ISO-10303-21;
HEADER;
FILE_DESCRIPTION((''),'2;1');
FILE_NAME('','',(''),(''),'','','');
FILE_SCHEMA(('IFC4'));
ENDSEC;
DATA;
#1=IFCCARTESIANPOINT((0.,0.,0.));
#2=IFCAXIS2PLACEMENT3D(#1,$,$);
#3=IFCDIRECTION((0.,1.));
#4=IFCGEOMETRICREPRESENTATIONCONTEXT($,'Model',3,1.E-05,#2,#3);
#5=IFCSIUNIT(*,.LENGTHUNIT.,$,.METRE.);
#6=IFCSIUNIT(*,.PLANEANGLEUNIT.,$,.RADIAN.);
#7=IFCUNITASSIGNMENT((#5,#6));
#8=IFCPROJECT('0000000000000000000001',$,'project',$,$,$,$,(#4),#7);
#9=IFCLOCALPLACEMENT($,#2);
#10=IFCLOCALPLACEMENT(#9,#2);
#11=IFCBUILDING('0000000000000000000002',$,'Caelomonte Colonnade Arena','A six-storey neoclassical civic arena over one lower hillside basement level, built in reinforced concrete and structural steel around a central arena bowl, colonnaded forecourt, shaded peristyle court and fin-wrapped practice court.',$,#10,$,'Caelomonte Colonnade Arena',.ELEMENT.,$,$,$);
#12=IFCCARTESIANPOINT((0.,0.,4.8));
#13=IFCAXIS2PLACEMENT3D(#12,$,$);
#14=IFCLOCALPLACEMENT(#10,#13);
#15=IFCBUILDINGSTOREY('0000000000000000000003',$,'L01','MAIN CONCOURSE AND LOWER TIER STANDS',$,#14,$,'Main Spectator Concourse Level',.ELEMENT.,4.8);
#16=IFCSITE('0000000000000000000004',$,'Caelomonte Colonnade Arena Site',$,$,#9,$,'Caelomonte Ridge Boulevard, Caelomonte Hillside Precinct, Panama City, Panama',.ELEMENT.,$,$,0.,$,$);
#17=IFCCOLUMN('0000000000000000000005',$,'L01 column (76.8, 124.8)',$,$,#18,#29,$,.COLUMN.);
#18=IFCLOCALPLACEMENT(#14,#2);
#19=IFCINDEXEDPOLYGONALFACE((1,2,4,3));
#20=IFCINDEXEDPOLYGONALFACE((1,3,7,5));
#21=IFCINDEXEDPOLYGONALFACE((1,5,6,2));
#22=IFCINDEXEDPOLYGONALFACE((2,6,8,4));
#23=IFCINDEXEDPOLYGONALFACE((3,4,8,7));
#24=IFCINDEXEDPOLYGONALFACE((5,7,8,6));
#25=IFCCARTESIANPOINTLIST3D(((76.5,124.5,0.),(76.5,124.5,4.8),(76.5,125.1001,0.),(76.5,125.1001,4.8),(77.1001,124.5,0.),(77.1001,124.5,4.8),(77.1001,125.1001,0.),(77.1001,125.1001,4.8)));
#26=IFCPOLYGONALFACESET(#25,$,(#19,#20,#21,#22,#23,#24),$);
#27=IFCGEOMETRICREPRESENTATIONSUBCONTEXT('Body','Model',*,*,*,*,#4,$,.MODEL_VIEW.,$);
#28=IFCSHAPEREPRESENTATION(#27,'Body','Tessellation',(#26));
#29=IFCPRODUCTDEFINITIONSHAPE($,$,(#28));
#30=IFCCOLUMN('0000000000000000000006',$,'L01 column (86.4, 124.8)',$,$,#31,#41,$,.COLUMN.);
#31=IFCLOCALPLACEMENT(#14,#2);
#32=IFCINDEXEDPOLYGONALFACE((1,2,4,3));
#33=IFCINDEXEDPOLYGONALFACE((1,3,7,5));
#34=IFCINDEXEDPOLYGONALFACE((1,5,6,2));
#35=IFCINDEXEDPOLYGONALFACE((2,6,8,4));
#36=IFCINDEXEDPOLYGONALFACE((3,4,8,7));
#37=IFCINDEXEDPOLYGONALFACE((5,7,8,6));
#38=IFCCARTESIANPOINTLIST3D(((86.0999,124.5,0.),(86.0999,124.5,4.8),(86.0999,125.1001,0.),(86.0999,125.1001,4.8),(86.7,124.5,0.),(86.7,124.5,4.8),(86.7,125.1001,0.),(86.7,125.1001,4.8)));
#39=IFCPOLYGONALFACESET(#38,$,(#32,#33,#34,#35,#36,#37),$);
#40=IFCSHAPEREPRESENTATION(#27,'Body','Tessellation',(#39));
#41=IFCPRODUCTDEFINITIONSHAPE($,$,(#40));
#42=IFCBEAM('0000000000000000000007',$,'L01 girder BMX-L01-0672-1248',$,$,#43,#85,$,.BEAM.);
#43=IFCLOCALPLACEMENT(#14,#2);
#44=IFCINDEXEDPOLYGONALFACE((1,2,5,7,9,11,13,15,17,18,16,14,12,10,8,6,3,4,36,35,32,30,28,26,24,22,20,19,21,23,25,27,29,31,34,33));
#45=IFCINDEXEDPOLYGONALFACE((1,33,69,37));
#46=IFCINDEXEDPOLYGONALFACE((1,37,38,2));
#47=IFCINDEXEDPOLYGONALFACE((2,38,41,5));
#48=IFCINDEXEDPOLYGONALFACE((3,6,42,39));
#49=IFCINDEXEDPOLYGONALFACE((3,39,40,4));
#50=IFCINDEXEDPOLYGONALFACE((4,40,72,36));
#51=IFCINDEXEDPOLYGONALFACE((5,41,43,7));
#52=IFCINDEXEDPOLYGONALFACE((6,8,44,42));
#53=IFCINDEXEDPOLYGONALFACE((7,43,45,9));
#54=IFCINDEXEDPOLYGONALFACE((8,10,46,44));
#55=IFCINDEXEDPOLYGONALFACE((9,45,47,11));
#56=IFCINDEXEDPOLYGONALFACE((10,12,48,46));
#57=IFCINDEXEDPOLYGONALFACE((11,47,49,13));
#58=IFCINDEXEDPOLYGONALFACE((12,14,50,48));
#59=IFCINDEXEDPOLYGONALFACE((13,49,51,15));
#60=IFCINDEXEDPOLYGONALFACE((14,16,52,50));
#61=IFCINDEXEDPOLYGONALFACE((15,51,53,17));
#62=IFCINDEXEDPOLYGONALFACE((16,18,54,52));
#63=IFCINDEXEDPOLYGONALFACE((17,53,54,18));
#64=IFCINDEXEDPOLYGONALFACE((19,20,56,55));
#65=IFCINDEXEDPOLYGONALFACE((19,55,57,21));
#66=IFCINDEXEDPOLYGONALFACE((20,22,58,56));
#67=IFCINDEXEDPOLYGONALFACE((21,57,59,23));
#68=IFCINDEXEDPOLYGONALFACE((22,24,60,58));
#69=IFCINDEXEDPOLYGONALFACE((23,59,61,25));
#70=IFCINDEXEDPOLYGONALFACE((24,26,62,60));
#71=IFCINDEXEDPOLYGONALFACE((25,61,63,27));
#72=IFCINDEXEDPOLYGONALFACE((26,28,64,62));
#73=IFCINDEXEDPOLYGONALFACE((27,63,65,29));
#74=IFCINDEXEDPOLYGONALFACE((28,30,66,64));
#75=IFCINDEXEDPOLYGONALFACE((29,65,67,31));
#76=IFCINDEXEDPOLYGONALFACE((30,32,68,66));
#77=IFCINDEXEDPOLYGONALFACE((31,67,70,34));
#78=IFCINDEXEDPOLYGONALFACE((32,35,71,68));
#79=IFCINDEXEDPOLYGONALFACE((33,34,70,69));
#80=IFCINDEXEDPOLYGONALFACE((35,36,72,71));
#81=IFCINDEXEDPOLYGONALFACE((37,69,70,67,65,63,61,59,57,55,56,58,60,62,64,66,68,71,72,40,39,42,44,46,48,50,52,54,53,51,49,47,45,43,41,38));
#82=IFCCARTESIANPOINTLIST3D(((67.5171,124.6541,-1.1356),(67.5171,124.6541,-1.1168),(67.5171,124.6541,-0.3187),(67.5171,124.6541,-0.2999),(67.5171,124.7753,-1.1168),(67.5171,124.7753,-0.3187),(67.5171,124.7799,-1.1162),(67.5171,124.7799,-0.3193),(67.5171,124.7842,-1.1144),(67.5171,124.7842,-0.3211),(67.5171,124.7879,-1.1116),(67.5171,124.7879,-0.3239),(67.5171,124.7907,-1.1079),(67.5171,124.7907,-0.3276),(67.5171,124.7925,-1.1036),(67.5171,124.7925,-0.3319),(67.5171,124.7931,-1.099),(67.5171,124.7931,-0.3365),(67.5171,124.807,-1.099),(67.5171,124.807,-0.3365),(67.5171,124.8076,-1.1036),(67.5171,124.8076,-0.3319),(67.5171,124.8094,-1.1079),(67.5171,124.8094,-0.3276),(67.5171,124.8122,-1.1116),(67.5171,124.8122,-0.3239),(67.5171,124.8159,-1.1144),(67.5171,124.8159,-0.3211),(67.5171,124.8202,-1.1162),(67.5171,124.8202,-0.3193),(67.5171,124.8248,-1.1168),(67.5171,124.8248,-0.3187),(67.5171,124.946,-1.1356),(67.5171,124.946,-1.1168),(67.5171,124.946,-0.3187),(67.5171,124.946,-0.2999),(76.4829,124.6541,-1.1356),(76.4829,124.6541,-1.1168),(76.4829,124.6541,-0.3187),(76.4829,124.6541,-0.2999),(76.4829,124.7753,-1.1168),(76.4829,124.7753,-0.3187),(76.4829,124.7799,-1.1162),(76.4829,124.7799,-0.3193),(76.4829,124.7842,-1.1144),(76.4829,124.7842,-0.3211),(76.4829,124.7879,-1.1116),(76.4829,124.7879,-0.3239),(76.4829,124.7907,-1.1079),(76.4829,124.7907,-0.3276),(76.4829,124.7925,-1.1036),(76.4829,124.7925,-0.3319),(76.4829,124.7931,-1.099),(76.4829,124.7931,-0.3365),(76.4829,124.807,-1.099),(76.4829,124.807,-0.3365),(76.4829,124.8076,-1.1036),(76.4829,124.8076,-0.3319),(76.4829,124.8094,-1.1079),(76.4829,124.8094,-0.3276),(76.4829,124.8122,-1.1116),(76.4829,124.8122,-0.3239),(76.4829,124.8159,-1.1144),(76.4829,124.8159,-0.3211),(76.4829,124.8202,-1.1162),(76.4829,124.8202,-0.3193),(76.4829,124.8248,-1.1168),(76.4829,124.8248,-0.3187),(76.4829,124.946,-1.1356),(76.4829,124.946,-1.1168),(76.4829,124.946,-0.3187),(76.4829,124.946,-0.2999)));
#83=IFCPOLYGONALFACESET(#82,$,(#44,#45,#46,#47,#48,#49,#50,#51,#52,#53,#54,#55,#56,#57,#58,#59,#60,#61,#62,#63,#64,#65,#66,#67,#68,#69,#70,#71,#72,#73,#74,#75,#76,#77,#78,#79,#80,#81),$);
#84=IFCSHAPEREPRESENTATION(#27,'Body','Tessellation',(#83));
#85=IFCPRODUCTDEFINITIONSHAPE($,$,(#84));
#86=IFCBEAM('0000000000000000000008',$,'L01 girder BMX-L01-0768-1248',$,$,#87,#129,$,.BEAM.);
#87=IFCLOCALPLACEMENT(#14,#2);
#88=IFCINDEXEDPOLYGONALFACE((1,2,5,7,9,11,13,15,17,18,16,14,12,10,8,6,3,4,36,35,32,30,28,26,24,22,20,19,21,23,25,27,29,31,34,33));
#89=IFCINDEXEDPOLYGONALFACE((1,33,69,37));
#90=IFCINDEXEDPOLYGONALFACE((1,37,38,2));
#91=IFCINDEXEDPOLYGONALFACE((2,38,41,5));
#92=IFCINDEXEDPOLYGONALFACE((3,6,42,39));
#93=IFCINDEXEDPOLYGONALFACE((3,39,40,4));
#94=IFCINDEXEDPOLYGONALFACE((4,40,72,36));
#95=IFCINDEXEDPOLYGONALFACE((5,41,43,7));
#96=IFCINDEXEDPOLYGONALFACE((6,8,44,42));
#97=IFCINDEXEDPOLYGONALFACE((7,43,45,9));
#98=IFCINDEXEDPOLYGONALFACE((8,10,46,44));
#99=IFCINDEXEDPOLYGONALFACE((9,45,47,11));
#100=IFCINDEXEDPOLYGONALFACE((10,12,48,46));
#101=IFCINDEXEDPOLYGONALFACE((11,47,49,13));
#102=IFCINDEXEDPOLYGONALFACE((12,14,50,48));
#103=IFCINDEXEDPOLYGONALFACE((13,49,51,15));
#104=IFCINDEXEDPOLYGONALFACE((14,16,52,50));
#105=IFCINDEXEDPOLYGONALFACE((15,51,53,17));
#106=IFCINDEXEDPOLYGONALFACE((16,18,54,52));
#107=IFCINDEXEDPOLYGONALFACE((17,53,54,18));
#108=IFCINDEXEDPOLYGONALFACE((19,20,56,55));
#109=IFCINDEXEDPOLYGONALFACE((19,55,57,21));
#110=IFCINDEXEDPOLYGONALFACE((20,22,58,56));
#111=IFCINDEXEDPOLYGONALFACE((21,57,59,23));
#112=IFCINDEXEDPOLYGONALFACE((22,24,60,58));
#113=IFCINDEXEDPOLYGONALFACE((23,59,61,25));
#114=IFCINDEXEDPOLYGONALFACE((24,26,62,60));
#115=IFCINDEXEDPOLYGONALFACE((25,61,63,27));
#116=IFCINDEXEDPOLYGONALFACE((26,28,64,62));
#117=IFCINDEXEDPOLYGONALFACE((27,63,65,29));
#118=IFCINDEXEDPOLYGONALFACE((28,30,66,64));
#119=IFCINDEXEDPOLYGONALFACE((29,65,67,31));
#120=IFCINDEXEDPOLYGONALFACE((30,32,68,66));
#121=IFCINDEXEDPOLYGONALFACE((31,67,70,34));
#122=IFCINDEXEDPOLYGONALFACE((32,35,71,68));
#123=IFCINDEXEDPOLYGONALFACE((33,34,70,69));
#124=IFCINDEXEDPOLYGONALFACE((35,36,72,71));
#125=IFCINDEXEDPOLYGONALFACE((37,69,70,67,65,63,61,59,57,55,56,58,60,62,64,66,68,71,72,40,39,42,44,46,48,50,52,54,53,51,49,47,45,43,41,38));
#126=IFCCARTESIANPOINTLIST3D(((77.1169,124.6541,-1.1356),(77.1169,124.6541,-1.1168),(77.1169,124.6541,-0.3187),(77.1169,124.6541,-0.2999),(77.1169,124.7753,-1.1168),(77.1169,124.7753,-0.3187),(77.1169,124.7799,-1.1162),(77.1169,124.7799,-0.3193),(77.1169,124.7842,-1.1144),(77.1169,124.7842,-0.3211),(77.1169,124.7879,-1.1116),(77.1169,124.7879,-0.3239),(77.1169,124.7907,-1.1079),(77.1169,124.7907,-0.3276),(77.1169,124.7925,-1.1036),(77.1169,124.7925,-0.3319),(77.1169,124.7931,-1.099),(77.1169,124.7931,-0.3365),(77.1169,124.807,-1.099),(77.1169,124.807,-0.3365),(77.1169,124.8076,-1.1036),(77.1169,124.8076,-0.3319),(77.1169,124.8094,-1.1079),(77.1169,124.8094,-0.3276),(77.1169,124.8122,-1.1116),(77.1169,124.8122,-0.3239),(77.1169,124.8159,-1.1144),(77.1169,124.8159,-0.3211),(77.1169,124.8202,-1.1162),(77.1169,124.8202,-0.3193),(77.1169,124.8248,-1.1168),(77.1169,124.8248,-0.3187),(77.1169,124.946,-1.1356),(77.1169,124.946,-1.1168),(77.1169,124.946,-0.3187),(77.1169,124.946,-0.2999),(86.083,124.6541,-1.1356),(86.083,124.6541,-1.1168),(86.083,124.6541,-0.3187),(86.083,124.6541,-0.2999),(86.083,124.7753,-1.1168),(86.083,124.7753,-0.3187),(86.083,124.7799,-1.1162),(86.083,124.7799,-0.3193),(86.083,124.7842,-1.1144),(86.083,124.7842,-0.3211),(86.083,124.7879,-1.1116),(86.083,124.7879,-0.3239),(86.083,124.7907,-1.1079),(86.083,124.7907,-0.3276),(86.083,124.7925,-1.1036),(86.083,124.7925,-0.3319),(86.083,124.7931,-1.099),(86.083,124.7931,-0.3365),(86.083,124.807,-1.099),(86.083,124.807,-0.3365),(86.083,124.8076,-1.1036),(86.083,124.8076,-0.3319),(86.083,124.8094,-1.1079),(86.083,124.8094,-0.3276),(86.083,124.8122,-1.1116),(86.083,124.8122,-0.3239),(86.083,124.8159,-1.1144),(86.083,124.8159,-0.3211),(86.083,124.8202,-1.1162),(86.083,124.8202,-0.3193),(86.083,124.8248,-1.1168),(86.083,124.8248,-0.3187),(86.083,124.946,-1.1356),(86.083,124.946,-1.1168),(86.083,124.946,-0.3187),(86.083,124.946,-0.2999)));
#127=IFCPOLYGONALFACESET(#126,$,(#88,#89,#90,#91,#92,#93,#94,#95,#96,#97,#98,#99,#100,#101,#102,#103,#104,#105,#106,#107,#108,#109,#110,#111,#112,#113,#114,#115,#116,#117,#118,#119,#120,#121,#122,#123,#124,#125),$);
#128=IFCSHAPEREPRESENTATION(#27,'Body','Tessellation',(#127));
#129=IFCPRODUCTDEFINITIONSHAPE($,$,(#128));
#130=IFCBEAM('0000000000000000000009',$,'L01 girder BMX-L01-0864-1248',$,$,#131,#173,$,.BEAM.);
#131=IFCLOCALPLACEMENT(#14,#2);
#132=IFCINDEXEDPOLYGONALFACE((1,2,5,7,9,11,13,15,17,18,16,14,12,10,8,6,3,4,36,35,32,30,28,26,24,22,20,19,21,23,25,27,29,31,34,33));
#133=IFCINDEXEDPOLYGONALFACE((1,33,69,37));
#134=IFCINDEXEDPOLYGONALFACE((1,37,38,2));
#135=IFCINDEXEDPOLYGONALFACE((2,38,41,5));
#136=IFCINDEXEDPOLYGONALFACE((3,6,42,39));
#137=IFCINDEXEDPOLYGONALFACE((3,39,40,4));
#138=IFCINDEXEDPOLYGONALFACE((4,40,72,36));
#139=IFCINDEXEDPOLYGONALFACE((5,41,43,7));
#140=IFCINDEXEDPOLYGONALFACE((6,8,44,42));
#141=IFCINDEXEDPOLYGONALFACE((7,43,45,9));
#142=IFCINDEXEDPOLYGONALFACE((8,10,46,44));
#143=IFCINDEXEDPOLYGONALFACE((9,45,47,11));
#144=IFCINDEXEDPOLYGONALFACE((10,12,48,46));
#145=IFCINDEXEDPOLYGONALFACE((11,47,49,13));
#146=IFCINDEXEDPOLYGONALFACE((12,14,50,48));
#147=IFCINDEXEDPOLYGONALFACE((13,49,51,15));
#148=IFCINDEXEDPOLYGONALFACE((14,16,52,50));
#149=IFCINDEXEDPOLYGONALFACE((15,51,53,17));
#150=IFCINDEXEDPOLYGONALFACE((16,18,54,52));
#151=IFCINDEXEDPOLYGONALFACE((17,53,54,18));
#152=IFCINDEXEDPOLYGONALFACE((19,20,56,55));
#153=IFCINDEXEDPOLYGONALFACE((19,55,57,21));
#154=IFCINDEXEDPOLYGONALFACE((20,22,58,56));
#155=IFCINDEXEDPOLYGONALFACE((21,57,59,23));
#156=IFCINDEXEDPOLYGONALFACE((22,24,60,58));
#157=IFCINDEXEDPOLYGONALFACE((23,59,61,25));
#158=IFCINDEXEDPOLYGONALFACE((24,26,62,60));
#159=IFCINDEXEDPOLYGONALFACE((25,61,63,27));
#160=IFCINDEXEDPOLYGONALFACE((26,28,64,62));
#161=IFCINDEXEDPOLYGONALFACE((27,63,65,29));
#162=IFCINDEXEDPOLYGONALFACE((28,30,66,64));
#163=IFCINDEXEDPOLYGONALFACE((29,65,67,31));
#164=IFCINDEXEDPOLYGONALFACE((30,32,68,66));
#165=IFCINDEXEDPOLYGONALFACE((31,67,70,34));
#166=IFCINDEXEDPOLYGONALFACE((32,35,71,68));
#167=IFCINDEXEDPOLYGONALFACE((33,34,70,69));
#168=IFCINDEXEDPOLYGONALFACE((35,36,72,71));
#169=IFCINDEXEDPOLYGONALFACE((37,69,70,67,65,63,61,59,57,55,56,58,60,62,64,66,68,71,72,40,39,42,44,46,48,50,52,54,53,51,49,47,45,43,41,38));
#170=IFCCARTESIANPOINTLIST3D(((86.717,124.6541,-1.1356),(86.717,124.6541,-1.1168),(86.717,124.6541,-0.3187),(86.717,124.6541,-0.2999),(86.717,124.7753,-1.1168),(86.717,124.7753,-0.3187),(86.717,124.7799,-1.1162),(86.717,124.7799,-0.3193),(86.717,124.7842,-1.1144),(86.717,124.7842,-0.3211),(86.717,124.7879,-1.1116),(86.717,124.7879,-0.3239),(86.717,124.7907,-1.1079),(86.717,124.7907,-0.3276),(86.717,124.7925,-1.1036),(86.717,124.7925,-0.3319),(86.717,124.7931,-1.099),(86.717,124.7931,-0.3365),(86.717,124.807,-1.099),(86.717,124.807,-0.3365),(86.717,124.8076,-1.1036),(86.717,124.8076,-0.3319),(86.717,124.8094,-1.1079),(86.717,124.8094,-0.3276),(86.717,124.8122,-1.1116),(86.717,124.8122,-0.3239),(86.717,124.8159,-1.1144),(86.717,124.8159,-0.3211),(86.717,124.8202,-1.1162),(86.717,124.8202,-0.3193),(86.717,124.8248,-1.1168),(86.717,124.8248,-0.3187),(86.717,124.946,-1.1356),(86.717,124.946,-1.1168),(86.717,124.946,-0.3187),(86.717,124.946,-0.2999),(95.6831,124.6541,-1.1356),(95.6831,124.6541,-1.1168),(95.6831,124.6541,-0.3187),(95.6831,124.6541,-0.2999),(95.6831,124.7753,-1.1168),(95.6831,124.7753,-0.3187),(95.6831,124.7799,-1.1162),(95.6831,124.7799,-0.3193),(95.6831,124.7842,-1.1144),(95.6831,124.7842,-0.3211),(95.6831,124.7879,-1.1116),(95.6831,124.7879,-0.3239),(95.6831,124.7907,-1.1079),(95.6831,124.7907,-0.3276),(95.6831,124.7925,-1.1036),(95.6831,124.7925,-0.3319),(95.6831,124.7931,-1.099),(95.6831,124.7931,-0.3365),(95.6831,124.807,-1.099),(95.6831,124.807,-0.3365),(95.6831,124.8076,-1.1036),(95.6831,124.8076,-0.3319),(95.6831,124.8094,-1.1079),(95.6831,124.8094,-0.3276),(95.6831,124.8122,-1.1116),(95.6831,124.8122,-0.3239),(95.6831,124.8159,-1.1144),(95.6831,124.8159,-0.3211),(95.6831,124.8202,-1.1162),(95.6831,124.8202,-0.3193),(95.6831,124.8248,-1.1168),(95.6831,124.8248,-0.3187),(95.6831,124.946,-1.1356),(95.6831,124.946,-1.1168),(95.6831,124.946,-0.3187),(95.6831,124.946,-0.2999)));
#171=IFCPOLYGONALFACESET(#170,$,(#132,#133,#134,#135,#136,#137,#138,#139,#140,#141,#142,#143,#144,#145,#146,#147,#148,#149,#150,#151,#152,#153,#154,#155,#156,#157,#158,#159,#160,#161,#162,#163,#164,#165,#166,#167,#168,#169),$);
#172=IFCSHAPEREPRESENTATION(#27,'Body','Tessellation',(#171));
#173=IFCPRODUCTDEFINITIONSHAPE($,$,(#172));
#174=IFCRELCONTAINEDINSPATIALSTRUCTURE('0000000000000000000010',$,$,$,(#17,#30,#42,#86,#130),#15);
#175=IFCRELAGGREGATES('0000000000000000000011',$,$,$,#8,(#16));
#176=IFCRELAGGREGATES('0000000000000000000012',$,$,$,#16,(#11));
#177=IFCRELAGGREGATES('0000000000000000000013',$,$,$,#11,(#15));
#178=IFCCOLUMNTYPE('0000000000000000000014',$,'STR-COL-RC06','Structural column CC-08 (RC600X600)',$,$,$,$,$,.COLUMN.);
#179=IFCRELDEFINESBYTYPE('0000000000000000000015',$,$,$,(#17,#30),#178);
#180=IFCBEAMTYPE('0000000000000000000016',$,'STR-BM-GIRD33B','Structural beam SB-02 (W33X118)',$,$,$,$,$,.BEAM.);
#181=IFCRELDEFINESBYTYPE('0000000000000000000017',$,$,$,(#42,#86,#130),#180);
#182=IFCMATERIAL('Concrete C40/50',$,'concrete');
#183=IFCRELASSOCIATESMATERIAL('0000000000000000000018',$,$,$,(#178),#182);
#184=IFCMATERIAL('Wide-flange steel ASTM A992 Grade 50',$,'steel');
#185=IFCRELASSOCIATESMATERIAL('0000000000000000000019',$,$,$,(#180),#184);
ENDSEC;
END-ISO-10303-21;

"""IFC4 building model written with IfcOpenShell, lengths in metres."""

from ifc_helpers import new_model, si_unit, direction, frame, origin, origin_2d, place, context, subcontext, project, spatial, rectangle, i_section, extrude, material, material_profile, profile_set, type_object, element, save


model = new_model("IFC4")

# Units and contexts
model_context = context("Model", 3, precision=1e-05, world=origin(), true_north=direction((0.0, 1.0)))
body_context = subcontext(model_context, "Body", "Model", "MODEL_VIEW")
ifc_project = project(units=[si_unit("LENGTHUNIT", "METRE"), si_unit("PLANEANGLEUNIT", "RADIAN")], contexts=[model_context])

# Site, building, storey
site_placement = place(None, origin())
site = spatial("IfcSite", under=ifc_project, at=site_placement, Name="Caelomonte Colonnade Arena Site", LongName="Caelomonte Ridge Boulevard, Caelomonte Hillside Precinct, Panama City, Panama", CompositionType="ELEMENT", RefElevation=0.0)
building_placement = place(site_placement, origin())
building = spatial("IfcBuilding", under=site, at=building_placement, Name="Caelomonte Colonnade Arena", Description="A six-storey neoclassical civic arena over one lower hillside basement level, built in reinforced concrete and structural steel around a central arena bowl, colonnaded forecourt, shaded peristyle court and fin-wrapped practice court.", LongName="Caelomonte Colonnade Arena", CompositionType="ELEMENT")
storey_placement = place(building_placement, frame((0.0, 0.0, 4.8)))
storey = spatial("IfcBuildingStorey", under=building, at=storey_placement, Name="L01", Description="MAIN CONCOURSE AND LOWER TIER STANDS", LongName="Main Spectator Concourse Level", CompositionType="ELEMENT", Elevation=4.8)

# Columns
ifc_material_1 = material(Name="Concrete C40/50", Category="concrete")
ifc_material_profile_1 = material_profile(ifc_material_1, rectangle(XDim=0.6001, YDim=0.6001, at=origin_2d()), Name="RC600X600")
ifc_profile_set_1 = profile_set([ifc_material_profile_1], Name="Concrete C40/50")
column_type = type_object("IfcColumnType", Name="STR-COL-RC06", Description="Structural column CC-08 (RC600X600)", PredefinedType="COLUMN", material=ifc_profile_set_1)
for number, where, z_axis, x_axis, name in (
    (1, (76.8, 124.8, 0.0), (0.0, 0.0, 1.0), (1.0, 0.0, 0.0), "L01 column (76.8, 124.8)"),
    (2, (86.3999, 124.8, 0.0), (0.0, 0.0, 1.0), (1.0, 0.0, 0.0), "L01 column (86.4, 124.8)"),
):
    element("IfcColumn", number, at=place(storey_placement, frame(where, z_axis=z_axis, x_axis=x_axis)), inside=storey, type_object=column_type, Name=name, PredefinedType="COLUMN", context=body_context, shape_type="SweptSolid", body=[
        extrude(rectangle(XDim=0.6001, YDim=0.6001, at=origin_2d()), origin(), (0.0, 0.0, 1.0), 4.8),
    ])

# Beams
ifc_material_2 = material(Name="Wide-flange steel ASTM A992 Grade 50", Category="steel")
ifc_material_profile_2 = material_profile(ifc_material_2, i_section(OverallWidth=0.292, OverallDepth=0.8357, WebThickness=0.0139, FlangeThickness=0.0188, FilletRadius=0.0178, at=origin_2d()), Name="W33X118")
ifc_profile_set_2 = profile_set([ifc_material_profile_2], Name="Wide-flange steel ASTM A992 Grade 50")
beam_type_1 = type_object("IfcBeamType", Name="STR-BM-GIRD33B", Description="Structural beam SB-02 (W33X118)", PredefinedType="BEAM", material=ifc_profile_set_2)
beam_placement = place(storey_placement, frame((67.5171, 124.8, -0.7178), z_axis=(1.0, 0.0, 0.0), x_axis=(0.0, 1.0, 0.0)))
element("IfcBeam", 3, at=beam_placement, inside=storey, type_object=beam_type_1, Name="L01 girder BMX-L01-0672-1248", PredefinedType="BEAM", context=body_context, shape_type="SweptSolid", body=[
    extrude(i_section(OverallWidth=0.292, OverallDepth=0.8357, WebThickness=0.0139, FlangeThickness=0.0188, FilletRadius=0.0178, at=origin_2d()), origin(), (0.0, 0.0, 1.0), 8.9658),
])
for number, where, z_axis, x_axis, name in (
    (4, (77.1169, 124.8, -0.7178), (1.0, 0.0, 0.0), (0.0, 1.0, 0.0), "L01 girder BMX-L01-0768-1248"),
    (5, (86.717, 124.8, -0.7178), (1.0, 0.0, 0.0), (0.0, 1.0, 0.0), "L01 girder BMX-L01-0864-1248"),
):
    element("IfcBeam", number, at=place(storey_placement, frame(where, z_axis=z_axis, x_axis=x_axis)), inside=storey, type_object=beam_type_1, Name=name, PredefinedType="BEAM", context=body_context, shape_type="SweptSolid", body=[
        extrude(i_section(OverallWidth=0.292, OverallDepth=0.8357, WebThickness=0.0139, FlangeThickness=0.0188, FilletRadius=0.0178, at=origin_2d()), origin(), (0.0, 0.0, 1.0), 8.9661),
    ])

save(model, "model.ifc")
